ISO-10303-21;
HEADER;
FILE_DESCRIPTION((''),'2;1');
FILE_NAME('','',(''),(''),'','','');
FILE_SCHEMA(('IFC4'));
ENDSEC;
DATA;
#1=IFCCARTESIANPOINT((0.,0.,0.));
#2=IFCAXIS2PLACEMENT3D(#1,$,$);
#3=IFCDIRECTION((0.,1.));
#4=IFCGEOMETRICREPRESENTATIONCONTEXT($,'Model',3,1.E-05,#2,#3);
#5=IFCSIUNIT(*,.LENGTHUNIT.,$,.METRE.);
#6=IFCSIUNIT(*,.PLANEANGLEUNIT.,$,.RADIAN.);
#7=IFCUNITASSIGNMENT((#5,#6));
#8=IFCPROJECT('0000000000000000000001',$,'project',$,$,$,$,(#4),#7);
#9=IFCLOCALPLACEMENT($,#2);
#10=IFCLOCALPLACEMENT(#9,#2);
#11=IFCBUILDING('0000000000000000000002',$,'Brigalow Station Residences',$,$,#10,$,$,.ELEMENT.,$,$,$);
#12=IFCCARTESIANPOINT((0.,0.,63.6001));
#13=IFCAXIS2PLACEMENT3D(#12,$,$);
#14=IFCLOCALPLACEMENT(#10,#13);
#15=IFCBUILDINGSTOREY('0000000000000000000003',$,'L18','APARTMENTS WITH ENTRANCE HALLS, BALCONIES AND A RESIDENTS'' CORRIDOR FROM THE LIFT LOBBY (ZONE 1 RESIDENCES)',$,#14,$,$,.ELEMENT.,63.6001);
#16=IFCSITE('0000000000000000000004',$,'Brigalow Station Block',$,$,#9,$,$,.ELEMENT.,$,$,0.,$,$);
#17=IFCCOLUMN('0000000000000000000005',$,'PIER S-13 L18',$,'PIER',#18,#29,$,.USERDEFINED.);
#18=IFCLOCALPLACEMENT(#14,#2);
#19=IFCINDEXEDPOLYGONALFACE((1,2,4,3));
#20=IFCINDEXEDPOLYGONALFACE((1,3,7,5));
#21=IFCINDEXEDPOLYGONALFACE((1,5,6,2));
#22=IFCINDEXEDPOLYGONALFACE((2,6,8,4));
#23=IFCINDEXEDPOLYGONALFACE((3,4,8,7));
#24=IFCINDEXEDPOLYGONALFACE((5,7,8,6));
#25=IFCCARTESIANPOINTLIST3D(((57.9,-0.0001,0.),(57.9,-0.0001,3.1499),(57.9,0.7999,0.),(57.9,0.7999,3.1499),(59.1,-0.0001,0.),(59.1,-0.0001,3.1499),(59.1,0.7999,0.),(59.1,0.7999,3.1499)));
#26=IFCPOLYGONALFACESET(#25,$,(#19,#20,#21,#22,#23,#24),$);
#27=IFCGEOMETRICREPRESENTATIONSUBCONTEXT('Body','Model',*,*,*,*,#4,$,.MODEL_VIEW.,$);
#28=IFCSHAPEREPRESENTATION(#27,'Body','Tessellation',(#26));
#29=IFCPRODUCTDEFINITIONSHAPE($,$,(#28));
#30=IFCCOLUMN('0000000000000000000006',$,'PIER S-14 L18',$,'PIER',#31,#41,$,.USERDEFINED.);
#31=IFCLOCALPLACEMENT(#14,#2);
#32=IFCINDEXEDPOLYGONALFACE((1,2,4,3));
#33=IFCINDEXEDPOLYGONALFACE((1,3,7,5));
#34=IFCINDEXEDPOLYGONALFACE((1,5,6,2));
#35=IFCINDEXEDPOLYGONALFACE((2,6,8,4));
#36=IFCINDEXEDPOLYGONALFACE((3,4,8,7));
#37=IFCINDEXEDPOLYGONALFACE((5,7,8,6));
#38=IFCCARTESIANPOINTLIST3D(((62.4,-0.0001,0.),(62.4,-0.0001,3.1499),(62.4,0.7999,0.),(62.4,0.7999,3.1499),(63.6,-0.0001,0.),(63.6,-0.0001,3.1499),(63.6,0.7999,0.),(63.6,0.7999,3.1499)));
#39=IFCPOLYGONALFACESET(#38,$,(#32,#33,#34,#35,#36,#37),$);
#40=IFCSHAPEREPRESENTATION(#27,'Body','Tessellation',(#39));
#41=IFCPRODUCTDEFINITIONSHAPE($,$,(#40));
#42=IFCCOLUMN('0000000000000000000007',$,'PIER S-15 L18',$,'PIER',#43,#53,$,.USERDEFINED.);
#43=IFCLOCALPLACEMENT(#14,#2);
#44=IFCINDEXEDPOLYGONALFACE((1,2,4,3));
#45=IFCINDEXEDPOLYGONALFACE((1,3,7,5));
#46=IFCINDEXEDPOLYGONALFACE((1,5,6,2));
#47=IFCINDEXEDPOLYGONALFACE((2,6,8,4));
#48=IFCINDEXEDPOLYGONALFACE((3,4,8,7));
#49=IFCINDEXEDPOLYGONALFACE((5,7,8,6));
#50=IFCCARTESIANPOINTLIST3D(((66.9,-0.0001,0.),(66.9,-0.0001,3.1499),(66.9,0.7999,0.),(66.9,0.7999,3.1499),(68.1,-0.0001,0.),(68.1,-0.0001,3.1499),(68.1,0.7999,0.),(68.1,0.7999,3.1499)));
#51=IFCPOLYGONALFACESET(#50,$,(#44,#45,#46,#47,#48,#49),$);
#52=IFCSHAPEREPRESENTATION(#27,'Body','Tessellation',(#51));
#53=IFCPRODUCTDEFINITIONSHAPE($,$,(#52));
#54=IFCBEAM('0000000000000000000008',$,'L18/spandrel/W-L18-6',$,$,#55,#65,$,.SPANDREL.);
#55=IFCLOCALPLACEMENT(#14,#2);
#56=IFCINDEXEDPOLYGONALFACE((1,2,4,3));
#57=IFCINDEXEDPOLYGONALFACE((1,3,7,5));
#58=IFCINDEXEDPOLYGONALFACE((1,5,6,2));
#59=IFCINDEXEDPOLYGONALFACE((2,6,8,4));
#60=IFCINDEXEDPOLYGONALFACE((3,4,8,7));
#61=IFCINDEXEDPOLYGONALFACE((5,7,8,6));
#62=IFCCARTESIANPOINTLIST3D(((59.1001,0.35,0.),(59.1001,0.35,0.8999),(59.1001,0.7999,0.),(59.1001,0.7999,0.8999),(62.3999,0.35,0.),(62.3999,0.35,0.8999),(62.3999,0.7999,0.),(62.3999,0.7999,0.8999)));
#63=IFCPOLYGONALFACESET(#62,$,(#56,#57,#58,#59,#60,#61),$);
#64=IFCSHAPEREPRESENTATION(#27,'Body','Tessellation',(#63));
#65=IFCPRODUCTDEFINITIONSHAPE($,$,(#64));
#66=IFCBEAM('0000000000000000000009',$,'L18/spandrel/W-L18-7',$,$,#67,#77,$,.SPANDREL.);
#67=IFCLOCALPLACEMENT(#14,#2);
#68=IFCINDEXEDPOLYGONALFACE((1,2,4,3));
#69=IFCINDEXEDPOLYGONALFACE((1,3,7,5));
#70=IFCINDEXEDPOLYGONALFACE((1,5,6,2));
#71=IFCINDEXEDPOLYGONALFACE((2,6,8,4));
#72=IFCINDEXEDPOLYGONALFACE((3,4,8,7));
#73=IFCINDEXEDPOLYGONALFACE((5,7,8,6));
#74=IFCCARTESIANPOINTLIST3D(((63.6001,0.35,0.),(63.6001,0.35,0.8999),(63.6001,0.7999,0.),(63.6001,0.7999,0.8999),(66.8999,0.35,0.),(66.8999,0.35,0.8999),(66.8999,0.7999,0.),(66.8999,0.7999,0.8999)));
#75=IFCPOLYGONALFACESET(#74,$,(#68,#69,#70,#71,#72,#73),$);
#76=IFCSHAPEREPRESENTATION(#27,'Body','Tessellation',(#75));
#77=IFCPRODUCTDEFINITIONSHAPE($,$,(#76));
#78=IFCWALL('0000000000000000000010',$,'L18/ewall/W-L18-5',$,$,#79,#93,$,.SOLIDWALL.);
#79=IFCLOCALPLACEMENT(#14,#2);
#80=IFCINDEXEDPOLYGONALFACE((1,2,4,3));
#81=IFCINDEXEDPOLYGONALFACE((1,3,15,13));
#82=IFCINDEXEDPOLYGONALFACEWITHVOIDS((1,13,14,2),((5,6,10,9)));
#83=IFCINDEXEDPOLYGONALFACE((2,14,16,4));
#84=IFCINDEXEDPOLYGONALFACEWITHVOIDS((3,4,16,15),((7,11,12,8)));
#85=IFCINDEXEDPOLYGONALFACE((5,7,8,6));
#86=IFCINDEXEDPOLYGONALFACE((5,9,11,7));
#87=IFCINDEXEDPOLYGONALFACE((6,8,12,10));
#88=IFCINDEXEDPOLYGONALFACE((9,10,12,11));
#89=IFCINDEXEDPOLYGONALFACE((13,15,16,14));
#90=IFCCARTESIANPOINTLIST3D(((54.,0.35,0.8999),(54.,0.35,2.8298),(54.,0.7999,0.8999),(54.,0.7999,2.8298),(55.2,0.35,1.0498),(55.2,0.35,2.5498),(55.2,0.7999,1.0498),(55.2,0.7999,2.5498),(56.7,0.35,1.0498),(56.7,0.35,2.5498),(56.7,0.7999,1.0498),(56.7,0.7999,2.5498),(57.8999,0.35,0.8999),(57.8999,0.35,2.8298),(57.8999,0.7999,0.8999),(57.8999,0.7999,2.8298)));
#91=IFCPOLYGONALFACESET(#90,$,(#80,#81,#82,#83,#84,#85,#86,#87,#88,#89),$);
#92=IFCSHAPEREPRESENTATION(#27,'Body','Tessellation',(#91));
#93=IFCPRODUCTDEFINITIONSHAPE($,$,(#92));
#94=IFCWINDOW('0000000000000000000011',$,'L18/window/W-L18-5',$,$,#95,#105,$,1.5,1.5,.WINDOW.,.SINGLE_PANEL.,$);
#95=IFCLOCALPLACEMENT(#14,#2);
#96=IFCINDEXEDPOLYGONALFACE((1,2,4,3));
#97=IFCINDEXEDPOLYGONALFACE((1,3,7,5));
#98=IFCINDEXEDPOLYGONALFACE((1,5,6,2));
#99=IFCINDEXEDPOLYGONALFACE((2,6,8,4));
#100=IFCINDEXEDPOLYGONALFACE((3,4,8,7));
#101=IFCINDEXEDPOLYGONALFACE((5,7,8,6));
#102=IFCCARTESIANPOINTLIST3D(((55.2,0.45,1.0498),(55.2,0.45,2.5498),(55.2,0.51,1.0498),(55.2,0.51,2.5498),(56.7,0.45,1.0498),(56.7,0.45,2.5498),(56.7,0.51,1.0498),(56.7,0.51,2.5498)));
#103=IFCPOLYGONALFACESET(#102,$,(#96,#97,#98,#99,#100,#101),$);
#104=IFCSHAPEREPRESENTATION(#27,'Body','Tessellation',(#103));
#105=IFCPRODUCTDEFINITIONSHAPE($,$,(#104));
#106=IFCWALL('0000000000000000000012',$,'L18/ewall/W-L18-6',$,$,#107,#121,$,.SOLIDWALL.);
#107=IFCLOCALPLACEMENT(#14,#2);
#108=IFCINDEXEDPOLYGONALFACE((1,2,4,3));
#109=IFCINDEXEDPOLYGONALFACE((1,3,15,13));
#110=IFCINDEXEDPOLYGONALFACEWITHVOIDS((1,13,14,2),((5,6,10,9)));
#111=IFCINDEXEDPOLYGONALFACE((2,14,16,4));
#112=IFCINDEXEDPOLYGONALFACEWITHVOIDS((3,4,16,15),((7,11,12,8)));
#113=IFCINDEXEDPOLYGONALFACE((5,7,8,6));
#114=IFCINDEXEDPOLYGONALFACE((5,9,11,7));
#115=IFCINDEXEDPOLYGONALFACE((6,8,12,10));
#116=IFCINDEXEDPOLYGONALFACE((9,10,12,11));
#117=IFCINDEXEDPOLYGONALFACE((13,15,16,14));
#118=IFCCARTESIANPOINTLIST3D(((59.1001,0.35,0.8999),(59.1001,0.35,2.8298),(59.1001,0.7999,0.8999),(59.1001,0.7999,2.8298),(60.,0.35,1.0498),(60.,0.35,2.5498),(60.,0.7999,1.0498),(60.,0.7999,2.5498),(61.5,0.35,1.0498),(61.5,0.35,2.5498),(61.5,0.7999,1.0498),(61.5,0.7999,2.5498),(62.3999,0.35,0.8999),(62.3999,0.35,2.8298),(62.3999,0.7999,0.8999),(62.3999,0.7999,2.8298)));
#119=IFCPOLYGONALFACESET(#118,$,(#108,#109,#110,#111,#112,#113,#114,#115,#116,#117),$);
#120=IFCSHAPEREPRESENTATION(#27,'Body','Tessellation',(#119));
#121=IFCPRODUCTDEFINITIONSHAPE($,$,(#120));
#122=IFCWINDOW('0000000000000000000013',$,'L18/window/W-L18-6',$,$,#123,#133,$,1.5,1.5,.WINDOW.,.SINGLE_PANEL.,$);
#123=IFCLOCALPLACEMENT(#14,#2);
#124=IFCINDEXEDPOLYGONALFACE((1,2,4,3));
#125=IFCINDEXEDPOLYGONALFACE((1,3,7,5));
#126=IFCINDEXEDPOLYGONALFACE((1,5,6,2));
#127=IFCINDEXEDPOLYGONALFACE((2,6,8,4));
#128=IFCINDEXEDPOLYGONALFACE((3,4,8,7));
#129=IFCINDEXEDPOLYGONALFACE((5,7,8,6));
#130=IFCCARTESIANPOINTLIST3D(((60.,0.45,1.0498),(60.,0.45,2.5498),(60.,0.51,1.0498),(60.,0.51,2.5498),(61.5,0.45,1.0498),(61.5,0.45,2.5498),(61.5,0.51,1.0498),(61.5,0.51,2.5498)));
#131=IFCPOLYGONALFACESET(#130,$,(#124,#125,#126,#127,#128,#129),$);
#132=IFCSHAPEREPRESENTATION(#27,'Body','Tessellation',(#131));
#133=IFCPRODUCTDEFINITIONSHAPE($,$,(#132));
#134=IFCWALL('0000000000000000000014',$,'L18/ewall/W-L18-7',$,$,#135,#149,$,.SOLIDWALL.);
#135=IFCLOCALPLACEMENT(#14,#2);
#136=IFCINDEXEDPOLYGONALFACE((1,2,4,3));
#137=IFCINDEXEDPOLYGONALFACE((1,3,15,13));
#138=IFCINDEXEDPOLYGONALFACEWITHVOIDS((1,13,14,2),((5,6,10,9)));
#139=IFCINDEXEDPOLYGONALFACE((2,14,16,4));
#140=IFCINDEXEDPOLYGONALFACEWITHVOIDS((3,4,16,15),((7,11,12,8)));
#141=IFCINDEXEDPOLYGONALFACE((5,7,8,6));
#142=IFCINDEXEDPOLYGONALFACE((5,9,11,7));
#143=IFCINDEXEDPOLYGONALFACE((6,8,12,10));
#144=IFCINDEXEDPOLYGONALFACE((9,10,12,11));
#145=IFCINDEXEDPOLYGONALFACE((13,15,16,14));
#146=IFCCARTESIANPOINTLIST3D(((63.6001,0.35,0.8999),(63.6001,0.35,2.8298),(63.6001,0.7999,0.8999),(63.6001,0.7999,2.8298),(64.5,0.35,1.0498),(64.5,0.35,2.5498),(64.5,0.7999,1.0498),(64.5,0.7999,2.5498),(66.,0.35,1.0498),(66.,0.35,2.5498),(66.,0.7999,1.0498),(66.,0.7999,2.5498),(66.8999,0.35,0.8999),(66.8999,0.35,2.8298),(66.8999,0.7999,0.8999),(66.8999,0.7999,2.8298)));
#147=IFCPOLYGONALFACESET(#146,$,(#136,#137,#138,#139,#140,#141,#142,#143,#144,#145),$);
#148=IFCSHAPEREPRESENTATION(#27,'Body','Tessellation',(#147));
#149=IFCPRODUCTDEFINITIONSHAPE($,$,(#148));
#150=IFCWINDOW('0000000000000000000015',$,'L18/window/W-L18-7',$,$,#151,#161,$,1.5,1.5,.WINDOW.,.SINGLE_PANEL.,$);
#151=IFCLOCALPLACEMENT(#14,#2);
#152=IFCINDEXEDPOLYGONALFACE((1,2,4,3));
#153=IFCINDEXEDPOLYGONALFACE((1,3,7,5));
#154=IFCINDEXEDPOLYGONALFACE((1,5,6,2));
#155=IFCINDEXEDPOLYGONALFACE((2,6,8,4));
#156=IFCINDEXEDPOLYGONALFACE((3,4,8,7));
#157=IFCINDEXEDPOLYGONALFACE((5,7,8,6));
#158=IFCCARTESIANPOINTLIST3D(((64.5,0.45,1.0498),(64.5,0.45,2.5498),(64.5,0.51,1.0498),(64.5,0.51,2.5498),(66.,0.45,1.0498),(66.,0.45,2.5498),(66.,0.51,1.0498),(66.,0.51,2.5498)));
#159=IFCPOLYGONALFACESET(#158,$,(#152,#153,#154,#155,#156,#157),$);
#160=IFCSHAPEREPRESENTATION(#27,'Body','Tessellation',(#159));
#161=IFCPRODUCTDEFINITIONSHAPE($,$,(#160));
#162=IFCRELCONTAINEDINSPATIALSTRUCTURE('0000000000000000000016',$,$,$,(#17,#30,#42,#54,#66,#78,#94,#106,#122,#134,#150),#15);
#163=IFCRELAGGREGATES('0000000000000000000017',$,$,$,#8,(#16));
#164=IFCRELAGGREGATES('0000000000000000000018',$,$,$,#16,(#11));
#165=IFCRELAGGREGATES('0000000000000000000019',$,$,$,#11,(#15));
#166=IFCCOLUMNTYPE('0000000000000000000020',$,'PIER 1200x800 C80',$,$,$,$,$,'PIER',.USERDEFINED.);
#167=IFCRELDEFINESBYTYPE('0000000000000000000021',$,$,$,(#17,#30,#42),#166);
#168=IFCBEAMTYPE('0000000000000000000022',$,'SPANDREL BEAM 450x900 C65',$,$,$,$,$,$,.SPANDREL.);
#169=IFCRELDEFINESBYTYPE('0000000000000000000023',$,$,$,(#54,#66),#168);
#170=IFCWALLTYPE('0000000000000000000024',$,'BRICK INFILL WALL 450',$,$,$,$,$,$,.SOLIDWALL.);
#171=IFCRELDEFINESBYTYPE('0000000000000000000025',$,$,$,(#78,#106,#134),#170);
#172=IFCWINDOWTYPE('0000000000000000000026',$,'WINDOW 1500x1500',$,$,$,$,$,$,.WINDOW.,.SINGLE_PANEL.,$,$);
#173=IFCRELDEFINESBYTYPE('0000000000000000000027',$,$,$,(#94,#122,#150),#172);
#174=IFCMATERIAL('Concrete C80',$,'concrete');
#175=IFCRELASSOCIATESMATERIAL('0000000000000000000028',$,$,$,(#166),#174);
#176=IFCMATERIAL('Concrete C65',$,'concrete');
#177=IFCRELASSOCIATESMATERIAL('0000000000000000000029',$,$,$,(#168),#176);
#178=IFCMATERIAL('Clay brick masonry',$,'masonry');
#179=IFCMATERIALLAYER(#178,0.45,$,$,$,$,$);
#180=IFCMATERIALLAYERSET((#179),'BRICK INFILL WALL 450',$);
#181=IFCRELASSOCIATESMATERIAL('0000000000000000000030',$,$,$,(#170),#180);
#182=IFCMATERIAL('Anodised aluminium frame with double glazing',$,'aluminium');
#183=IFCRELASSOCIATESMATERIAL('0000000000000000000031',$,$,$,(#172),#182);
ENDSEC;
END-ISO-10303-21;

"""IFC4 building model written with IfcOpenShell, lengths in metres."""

from ifc_helpers import new_model, si_unit, direction, frame, frame_2d, origin, origin_2d, place, context, subcontext, project, spatial, rectangle, extrude, material, layer, layer_set, material_profile, profile_set, type_object, element, fill, save


model = new_model("IFC4")

# Units and contexts
model_context = context("Model", 3, precision=1e-05, world=origin(), true_north=direction((0.0, 1.0)))
body_context = subcontext(model_context, "Body", "Model", "MODEL_VIEW")
ifc_project = project(units=[si_unit("LENGTHUNIT", "METRE"), si_unit("PLANEANGLEUNIT", "RADIAN")], contexts=[model_context])

# Site, building, storey
site_placement = place(None, origin())
site = spatial("IfcSite", under=ifc_project, at=site_placement, Name="Brigalow Station Block", CompositionType="ELEMENT", RefElevation=0.0)
building_placement = place(site_placement, origin())
building = spatial("IfcBuilding", under=site, at=building_placement, Name="Brigalow Station Residences", CompositionType="ELEMENT")
storey_placement = place(building_placement, frame((0.0, 0.0, 63.6001)))
storey = spatial("IfcBuildingStorey", under=building, at=storey_placement, Name="L18", Description="APARTMENTS WITH ENTRANCE HALLS, BALCONIES AND A RESIDENTS' CORRIDOR FROM THE LIFT LOBBY (ZONE 1 RESIDENCES)", CompositionType="ELEMENT", Elevation=63.6001)

# Columns
ifc_material_1 = material(Name="Concrete C80", Category="concrete")
ifc_material_profile_1 = material_profile(ifc_material_1, rectangle(XDim=1.2, YDim=0.8, at=origin_2d()), Name="RC1200x800")
ifc_profile_set_1 = profile_set([ifc_material_profile_1], Name="Concrete C80")
column_type = type_object("IfcColumnType", Name="PIER 1200x800 C80", ElementType="PIER", PredefinedType="USERDEFINED", material=ifc_profile_set_1)
for number, where, z_axis, x_axis, name in (
    (1, (58.5, 0.3999, 0.0), (0.0, 0.0, 1.0), (1.0, 0.0, 0.0), "PIER S-13 L18"),
    (2, (63.0, 0.3999, 0.0), (0.0, 0.0, 1.0), (1.0, 0.0, 0.0), "PIER S-14 L18"),
    (3, (67.5, 0.3999, 0.0), (0.0, 0.0, 1.0), (1.0, 0.0, 0.0), "PIER S-15 L18"),
):
    element("IfcColumn", number, at=place(storey_placement, frame(where, z_axis=z_axis, x_axis=x_axis)), inside=storey, type_object=column_type, Name=name, ObjectType="PIER", PredefinedType="USERDEFINED", context=body_context, shape_type="SweptSolid", body=[
        extrude(rectangle(XDim=1.2, YDim=0.8, at=origin_2d()), origin(), (0.0, 0.0, 1.0), 3.1499),
    ])

# Beams
ifc_material_2 = material(Name="Concrete C65", Category="concrete")
ifc_material_profile_2 = material_profile(ifc_material_2, rectangle(XDim=0.45, YDim=0.8999, at=origin_2d()), Name="RC450x900")
ifc_profile_set_2 = profile_set([ifc_material_profile_2], Name="Concrete C65")
beam_type = type_object("IfcBeamType", Name="SPANDREL BEAM 450x900 C65", PredefinedType="SPANDREL", material=ifc_profile_set_2)
for number, where, z_axis, x_axis, name in (
    (4, (59.1001, 0.575, 0.45), (1.0, 0.0, 0.0), (0.0, 1.0, 0.0), "L18/spandrel/W-L18-6"),
    (5, (63.6001, 0.575, 0.45), (1.0, 0.0, 0.0), (0.0, 1.0, 0.0), "L18/spandrel/W-L18-7"),
):
    element("IfcBeam", number, at=place(storey_placement, frame(where, z_axis=z_axis, x_axis=x_axis)), inside=storey, type_object=beam_type, Name=name, PredefinedType="SPANDREL", context=body_context, shape_type="SweptSolid", body=[
        extrude(rectangle(XDim=0.45, YDim=0.8999, at=origin_2d()), origin(), (0.0, 0.0, 1.0), 3.2998),
    ])

# Walls, openings, windows
ifc_material_3 = material(Name="Clay brick masonry", Category="masonry")
ifc_layer_1 = layer(ifc_material_3, 0.45)
ifc_layer_set_1 = layer_set([ifc_layer_1], Name="BRICK INFILL WALL 450")
wall_type_1 = type_object("IfcWallType", Name="BRICK INFILL WALL 450", PredefinedType="SOLIDWALL", material=ifc_layer_set_1)
wall_1_placement = place(storey_placement, frame((54.0, 0.575, 0.8999), z_axis=(0.0, 0.0, 1.0), x_axis=(1.0, 0.0, 0.0)))
wall_1 = element("IfcWall", 6, at=wall_1_placement, inside=storey, type_object=wall_type_1, Name="L18/ewall/W-L18-5", PredefinedType="SOLIDWALL", context=body_context, shape_type="SweptSolid", body=[
    extrude(rectangle(XDim=3.8999, YDim=0.45, at=frame_2d((1.95, 0.0))), origin(), (0.0, 0.0, 1.0), 1.9299),
])
opening_1_placement = place(wall_1_placement, frame((1.2, 0.0, 0.1499)))
opening_1 = element("IfcOpeningElement", 7, at=opening_1_placement, cuts=wall_1, PredefinedType="OPENING", context=body_context, shape_type="SweptSolid", body=[
    extrude(rectangle(XDim=1.5, YDim=1.5, at=frame_2d((0.75, 0.75))), frame((0.0, 0.2349, 0.0), z_axis=(0.0, -1.0, 0.0), x_axis=(1.0, 0.0, 0.0)), (0.0, 0.0, 1.0), 0.47),
])
ifc_material_4 = material(Name="Anodised aluminium frame with double glazing", Category="aluminium")
window_type = type_object("IfcWindowType", Name="WINDOW 1500x1500", PartitioningType="SINGLE_PANEL", PredefinedType="WINDOW", material=ifc_material_4)
window_1_placement = place(opening_1_placement, origin())
window_1 = element("IfcWindow", 8, at=window_1_placement, inside=storey, type_object=window_type, Name="L18/window/W-L18-5", OverallHeight=1.5, OverallWidth=1.5, PartitioningType="SINGLE_PANEL", PredefinedType="WINDOW", context=body_context, shape_type="SweptSolid", body=[
    extrude(rectangle(XDim=1.5, YDim=1.5, at=frame_2d((0.75, 0.75))), frame((0.0, -0.0649, 0.0), z_axis=(0.0, -1.0, 0.0), x_axis=(1.0, 0.0, 0.0)), (0.0, 0.0, 1.0), 0.0601),
])
fill(opening_1, window_1)
wall_2_placement = place(storey_placement, frame((59.1001, 0.575, 0.8999), z_axis=(0.0, 0.0, 1.0), x_axis=(1.0, 0.0, 0.0)))
wall_2 = element("IfcWall", 9, at=wall_2_placement, inside=storey, type_object=wall_type_1, Name="L18/ewall/W-L18-6", PredefinedType="SOLIDWALL", context=body_context, shape_type="SweptSolid", body=[
    extrude(rectangle(XDim=3.2998, YDim=0.45, at=frame_2d((1.6499, 0.0))), origin(), (0.0, 0.0, 1.0), 1.9299),
])
opening_2_placement = place(wall_2_placement, frame((0.8999, 0.0, 0.1499)))
opening_2 = element("IfcOpeningElement", 10, at=opening_2_placement, cuts=wall_2, PredefinedType="OPENING", context=body_context, shape_type="SweptSolid", body=[
    extrude(rectangle(XDim=1.5, YDim=1.5, at=frame_2d((0.75, 0.75))), frame((0.0, 0.2349, 0.0), z_axis=(0.0, -1.0, 0.0), x_axis=(1.0, 0.0, 0.0)), (0.0, 0.0, 1.0), 0.47),
])
window_2_placement = place(opening_2_placement, origin())
window_2 = element("IfcWindow", 11, at=window_2_placement, inside=storey, type_object=window_type, Name="L18/window/W-L18-6", OverallHeight=1.5, OverallWidth=1.5, PartitioningType="SINGLE_PANEL", PredefinedType="WINDOW", context=body_context, shape_type="SweptSolid", body=[
    extrude(rectangle(XDim=1.5, YDim=1.5, at=frame_2d((0.75, 0.75))), frame((0.0, -0.0649, 0.0), z_axis=(0.0, -1.0, 0.0), x_axis=(1.0, 0.0, 0.0)), (0.0, 0.0, 1.0), 0.0601),
])
fill(opening_2, window_2)
wall_3_placement = place(storey_placement, frame((63.6001, 0.575, 0.8999), z_axis=(0.0, 0.0, 1.0), x_axis=(1.0, 0.0, 0.0)))
wall_3 = element("IfcWall", 12, at=wall_3_placement, inside=storey, type_object=wall_type_1, Name="L18/ewall/W-L18-7", PredefinedType="SOLIDWALL", context=body_context, shape_type="SweptSolid", body=[
    extrude(rectangle(XDim=3.2998, YDim=0.45, at=frame_2d((1.6499, 0.0))), origin(), (0.0, 0.0, 1.0), 1.9299),
])
opening_3_placement = place(wall_3_placement, frame((0.8999, 0.0, 0.1499)))
opening_3 = element("IfcOpeningElement", 13, at=opening_3_placement, cuts=wall_3, PredefinedType="OPENING", context=body_context, shape_type="SweptSolid", body=[
    extrude(rectangle(XDim=1.5, YDim=1.5, at=frame_2d((0.75, 0.75))), frame((0.0, 0.2349, 0.0), z_axis=(0.0, -1.0, 0.0), x_axis=(1.0, 0.0, 0.0)), (0.0, 0.0, 1.0), 0.47),
])
window_3_placement = place(opening_3_placement, origin())
window_3 = element("IfcWindow", 14, at=window_3_placement, inside=storey, type_object=window_type, Name="L18/window/W-L18-7", OverallHeight=1.5, OverallWidth=1.5, PartitioningType="SINGLE_PANEL", PredefinedType="WINDOW", context=body_context, shape_type="SweptSolid", body=[
    extrude(rectangle(XDim=1.5, YDim=1.5, at=frame_2d((0.75, 0.75))), frame((0.0, -0.0649, 0.0), z_axis=(0.0, -1.0, 0.0), x_axis=(1.0, 0.0, 0.0)), (0.0, 0.0, 1.0), 0.0601),
])
fill(opening_3, window_3)

save(model, "model.ifc")
